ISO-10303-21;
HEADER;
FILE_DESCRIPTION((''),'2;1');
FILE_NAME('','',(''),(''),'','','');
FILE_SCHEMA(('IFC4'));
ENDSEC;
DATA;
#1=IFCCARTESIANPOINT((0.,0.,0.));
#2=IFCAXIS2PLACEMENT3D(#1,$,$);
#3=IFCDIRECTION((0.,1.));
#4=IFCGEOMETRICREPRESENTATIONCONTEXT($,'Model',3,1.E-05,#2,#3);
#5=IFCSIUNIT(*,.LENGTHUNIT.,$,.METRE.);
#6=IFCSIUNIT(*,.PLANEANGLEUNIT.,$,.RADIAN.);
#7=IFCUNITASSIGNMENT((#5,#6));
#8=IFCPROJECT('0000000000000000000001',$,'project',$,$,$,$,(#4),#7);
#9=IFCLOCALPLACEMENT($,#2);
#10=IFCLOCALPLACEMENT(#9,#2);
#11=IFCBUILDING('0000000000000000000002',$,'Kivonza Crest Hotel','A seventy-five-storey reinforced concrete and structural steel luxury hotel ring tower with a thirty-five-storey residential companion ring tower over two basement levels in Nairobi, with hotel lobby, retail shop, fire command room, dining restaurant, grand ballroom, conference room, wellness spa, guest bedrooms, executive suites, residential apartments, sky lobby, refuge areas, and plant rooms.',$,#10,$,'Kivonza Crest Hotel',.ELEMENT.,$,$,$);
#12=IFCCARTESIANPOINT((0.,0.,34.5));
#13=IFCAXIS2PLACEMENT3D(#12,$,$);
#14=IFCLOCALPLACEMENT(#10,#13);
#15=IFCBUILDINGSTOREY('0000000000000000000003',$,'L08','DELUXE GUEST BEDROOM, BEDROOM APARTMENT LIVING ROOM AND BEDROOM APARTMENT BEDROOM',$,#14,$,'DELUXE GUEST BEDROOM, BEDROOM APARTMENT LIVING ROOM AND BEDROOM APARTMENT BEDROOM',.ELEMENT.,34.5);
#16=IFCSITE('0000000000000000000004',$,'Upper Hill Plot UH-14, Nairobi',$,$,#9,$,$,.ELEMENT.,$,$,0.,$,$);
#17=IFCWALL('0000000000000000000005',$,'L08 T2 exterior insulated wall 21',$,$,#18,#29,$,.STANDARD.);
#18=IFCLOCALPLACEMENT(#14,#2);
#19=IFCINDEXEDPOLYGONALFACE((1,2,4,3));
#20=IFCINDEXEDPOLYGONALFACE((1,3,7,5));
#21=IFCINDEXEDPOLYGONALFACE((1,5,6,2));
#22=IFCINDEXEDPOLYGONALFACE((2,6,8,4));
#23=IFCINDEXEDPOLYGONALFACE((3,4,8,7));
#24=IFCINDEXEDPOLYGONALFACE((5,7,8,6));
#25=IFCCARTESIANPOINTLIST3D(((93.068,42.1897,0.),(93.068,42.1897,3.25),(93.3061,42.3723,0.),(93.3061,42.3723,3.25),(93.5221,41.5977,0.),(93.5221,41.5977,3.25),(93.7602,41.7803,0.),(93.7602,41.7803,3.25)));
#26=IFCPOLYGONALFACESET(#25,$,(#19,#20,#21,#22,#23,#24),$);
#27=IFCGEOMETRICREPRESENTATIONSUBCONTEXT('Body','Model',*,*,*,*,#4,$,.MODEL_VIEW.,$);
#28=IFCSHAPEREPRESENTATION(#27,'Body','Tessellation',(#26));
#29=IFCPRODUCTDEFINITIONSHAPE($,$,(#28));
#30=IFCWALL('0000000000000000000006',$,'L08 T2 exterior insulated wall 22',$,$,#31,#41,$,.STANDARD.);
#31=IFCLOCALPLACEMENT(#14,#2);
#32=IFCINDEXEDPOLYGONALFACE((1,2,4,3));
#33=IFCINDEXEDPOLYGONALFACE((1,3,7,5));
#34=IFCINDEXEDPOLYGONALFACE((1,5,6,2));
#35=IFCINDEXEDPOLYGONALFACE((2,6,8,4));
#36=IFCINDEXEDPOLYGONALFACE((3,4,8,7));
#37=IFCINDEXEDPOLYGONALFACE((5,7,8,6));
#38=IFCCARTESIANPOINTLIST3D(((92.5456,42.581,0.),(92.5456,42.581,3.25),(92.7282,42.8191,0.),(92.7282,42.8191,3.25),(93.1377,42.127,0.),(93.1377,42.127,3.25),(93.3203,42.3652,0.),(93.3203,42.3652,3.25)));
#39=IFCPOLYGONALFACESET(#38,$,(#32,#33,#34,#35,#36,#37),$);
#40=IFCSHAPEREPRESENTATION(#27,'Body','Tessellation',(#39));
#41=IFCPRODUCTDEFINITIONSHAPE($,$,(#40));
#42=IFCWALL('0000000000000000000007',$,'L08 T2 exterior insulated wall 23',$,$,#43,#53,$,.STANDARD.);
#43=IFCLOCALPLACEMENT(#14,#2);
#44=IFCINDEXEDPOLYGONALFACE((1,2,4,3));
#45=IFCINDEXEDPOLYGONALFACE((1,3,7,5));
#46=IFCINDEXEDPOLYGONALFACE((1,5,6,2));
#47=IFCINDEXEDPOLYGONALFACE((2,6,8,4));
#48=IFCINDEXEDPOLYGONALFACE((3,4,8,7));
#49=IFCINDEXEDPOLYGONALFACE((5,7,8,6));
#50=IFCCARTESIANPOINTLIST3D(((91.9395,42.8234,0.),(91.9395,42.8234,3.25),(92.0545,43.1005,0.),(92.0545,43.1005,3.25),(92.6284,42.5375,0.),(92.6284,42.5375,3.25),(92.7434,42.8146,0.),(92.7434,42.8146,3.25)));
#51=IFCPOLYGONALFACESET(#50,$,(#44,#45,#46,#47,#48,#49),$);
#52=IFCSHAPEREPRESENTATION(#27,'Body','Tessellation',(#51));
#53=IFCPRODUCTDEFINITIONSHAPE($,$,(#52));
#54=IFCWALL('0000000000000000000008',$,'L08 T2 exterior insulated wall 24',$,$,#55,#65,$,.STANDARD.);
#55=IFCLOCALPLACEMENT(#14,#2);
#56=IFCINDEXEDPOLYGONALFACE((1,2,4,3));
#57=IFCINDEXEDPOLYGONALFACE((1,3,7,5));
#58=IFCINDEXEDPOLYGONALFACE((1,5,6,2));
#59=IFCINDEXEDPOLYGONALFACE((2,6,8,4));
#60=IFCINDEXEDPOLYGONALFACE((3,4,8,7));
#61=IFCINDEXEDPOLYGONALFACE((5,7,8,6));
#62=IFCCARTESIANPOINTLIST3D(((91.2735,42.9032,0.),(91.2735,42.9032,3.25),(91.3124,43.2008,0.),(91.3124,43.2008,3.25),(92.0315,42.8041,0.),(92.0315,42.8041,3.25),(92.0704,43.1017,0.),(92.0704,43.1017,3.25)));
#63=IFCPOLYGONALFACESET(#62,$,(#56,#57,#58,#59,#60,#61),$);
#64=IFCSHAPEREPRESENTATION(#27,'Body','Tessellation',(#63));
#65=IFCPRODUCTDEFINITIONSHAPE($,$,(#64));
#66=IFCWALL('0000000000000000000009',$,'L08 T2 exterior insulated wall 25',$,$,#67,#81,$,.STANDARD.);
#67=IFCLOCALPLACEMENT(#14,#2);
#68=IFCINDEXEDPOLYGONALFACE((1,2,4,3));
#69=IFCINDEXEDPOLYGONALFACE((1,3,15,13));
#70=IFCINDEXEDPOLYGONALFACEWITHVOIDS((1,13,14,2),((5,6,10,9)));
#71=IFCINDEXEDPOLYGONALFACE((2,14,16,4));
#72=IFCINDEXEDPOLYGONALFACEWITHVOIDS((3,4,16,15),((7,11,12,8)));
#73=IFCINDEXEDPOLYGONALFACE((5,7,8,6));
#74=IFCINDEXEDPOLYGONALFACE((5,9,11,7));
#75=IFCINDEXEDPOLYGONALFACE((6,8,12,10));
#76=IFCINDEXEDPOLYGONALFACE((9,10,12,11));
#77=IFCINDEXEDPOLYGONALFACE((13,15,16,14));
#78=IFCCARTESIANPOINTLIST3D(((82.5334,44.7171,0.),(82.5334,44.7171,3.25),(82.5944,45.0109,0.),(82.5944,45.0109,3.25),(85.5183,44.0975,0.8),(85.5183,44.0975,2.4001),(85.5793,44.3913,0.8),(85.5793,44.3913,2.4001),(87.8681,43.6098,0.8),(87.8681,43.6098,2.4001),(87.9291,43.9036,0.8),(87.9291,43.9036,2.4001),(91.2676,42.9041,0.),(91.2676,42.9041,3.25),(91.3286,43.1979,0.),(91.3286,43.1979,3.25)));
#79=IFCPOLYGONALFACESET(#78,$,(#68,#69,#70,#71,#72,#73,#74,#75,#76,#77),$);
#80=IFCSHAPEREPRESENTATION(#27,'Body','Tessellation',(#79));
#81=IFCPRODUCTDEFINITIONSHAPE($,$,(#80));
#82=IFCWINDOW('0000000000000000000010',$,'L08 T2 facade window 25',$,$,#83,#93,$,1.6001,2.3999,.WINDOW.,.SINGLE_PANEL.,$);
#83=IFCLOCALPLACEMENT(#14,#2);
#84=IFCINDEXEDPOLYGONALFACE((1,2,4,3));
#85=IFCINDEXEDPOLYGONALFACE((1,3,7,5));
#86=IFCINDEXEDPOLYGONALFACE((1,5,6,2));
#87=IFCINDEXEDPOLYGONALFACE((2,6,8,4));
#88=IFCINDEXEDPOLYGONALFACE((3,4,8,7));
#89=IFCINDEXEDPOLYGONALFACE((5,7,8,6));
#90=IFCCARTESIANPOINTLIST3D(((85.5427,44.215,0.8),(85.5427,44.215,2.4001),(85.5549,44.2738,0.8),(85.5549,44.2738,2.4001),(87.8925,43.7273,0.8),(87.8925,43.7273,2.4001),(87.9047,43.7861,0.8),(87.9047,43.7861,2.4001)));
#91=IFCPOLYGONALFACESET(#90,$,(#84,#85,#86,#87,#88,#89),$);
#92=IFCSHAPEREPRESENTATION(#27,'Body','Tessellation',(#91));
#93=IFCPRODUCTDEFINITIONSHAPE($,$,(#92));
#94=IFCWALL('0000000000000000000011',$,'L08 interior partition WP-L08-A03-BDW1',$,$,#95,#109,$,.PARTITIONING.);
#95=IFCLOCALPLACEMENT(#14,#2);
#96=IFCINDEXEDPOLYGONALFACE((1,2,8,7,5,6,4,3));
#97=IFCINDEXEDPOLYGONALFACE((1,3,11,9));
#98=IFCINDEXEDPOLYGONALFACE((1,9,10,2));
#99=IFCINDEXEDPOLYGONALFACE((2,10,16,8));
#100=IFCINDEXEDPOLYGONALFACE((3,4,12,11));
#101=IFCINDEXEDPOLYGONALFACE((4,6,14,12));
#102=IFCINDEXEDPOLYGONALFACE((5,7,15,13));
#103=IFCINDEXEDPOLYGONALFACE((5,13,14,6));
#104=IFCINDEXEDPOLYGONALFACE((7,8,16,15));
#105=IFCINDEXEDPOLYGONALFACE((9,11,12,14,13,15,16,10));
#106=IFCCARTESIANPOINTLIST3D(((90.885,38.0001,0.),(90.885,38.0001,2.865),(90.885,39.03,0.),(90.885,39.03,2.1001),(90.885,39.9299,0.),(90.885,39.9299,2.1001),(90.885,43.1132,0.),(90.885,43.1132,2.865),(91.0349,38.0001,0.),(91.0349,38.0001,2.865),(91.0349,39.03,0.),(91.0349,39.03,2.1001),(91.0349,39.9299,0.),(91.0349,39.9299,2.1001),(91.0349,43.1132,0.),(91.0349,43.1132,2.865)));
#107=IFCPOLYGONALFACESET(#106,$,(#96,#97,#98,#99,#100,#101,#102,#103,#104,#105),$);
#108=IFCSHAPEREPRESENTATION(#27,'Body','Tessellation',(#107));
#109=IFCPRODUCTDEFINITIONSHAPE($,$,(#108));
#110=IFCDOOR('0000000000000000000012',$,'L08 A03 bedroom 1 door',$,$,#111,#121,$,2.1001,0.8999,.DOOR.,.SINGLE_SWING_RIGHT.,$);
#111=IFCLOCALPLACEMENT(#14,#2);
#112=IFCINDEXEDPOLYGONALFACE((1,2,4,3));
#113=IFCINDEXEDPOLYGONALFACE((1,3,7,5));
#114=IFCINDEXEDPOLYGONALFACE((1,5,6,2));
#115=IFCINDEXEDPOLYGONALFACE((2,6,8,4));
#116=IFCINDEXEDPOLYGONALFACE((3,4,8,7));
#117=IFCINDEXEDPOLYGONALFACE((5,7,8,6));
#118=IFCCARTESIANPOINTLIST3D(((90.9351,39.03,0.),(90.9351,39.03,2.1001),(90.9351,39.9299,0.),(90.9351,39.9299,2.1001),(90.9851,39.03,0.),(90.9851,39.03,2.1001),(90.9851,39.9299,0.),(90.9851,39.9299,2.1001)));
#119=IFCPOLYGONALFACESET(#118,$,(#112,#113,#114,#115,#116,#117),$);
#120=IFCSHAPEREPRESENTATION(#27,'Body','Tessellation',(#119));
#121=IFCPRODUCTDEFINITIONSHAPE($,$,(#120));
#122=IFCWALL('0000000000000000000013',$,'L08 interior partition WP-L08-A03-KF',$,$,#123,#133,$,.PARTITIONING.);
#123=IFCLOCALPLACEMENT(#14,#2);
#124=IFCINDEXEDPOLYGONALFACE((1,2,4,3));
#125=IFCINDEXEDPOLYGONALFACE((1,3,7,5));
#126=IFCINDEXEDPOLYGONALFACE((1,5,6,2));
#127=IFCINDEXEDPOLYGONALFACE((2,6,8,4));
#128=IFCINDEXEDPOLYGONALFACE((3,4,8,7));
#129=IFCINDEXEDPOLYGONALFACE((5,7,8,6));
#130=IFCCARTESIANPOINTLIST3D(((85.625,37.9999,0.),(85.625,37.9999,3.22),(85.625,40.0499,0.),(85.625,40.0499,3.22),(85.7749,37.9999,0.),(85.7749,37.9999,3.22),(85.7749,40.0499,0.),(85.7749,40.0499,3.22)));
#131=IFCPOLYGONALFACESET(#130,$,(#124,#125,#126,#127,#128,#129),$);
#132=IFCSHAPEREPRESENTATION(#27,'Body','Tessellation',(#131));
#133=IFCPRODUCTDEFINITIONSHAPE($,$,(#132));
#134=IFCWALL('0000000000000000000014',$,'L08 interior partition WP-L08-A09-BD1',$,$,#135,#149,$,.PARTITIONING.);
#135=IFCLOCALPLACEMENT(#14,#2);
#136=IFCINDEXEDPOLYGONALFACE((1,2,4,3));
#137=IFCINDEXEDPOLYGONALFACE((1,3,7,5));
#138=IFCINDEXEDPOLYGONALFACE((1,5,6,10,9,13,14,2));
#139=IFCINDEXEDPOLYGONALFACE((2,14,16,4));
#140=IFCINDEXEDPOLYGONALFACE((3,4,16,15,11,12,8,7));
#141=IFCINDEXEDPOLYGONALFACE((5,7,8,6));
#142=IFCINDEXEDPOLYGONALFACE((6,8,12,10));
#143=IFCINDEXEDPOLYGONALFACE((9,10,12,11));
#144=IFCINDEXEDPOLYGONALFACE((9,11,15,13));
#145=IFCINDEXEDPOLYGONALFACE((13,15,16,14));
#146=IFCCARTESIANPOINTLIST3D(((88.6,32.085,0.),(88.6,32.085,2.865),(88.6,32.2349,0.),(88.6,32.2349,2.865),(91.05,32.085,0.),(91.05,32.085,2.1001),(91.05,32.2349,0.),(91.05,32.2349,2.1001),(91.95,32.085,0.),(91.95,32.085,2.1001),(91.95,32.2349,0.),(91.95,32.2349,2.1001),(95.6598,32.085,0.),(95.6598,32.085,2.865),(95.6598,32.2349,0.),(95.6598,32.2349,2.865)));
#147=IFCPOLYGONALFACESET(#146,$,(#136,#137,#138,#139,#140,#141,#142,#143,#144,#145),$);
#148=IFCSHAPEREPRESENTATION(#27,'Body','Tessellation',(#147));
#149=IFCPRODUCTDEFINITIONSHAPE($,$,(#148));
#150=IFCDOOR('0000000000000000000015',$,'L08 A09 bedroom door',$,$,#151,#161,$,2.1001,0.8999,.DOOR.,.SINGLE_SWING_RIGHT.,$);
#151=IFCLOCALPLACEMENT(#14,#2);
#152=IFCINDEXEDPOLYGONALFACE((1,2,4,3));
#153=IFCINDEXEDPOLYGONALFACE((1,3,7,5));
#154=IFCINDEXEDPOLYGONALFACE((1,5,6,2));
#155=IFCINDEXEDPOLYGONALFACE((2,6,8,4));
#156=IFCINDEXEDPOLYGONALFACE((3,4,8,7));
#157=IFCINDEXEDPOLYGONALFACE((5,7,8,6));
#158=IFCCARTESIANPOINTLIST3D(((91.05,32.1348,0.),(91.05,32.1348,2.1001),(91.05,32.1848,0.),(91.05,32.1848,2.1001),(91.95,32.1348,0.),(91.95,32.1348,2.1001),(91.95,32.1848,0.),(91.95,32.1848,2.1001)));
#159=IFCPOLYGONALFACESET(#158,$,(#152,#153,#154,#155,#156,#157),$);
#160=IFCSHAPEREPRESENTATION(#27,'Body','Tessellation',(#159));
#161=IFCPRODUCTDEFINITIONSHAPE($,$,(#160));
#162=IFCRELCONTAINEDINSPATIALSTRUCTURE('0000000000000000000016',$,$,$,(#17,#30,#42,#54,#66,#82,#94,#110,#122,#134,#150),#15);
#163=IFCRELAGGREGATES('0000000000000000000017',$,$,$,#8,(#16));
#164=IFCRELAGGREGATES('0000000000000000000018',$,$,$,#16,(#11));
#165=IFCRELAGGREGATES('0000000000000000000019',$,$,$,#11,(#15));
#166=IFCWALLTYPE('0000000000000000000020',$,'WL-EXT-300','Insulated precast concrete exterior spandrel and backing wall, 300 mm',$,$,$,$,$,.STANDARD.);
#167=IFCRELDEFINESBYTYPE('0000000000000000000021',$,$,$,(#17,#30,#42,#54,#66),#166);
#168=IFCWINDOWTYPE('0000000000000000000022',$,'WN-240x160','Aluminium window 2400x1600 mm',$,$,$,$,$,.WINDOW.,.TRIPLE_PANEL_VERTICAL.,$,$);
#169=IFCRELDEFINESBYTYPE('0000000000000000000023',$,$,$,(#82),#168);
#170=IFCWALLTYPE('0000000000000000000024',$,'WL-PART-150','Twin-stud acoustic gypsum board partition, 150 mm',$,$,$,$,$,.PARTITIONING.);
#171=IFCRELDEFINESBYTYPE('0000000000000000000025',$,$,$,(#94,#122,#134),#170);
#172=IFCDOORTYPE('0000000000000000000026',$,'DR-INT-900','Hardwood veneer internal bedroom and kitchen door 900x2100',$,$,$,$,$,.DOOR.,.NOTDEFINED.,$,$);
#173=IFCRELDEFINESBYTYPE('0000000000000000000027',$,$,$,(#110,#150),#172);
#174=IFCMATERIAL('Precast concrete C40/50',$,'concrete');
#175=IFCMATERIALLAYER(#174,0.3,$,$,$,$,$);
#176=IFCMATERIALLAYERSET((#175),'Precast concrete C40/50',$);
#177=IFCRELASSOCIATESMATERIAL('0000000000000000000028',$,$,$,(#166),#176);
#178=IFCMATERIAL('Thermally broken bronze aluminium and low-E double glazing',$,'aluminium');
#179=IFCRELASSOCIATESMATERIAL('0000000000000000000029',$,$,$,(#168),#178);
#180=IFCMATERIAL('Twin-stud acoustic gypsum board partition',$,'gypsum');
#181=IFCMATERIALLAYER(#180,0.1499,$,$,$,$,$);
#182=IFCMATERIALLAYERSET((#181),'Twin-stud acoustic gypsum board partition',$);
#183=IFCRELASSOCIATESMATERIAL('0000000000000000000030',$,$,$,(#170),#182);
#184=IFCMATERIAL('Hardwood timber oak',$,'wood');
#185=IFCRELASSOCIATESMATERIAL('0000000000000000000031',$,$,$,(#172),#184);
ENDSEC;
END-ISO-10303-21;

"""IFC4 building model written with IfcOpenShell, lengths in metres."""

from ifc_helpers import new_model, si_unit, direction, frame, frame_2d, origin, place, context, subcontext, project, spatial, rectangle, extrude, material, layer, layer_set, type_object, element, fill, save


model = new_model("IFC4")

# Units and contexts
model_context = context("Model", 3, precision=1e-05, world=origin(), true_north=direction((0.0, 1.0)))
body_context = subcontext(model_context, "Body", "Model", "MODEL_VIEW")
ifc_project = project(units=[si_unit("LENGTHUNIT", "METRE"), si_unit("PLANEANGLEUNIT", "RADIAN")], contexts=[model_context])

# Site, building, storey
site_placement = place(None, origin())
site = spatial("IfcSite", under=ifc_project, at=site_placement, Name="Upper Hill Plot UH-14, Nairobi", CompositionType="ELEMENT", RefElevation=0.0)
building_placement = place(site_placement, origin())
building = spatial("IfcBuilding", under=site, at=building_placement, Name="Kivonza Crest Hotel", Description="A seventy-five-storey reinforced concrete and structural steel luxury hotel ring tower with a thirty-five-storey residential companion ring tower over two basement levels in Nairobi, with hotel lobby, retail shop, fire command room, dining restaurant, grand ballroom, conference room, wellness spa, guest bedrooms, executive suites, residential apartments, sky lobby, refuge areas, and plant rooms.", LongName="Kivonza Crest Hotel", CompositionType="ELEMENT")
storey_placement = place(building_placement, frame((0.0, 0.0, 34.5)))
storey = spatial("IfcBuildingStorey", under=building, at=storey_placement, Name="L08", Description="DELUXE GUEST BEDROOM, BEDROOM APARTMENT LIVING ROOM AND BEDROOM APARTMENT BEDROOM", LongName="DELUXE GUEST BEDROOM, BEDROOM APARTMENT LIVING ROOM AND BEDROOM APARTMENT BEDROOM", CompositionType="ELEMENT", Elevation=34.5)

# Shared definitions
ifc_material_1 = material(Name="Hardwood timber oak", Category="wood")

# Walls
ifc_material_2 = material(Name="Precast concrete C40/50", Category="concrete")
ifc_layer_1 = layer(ifc_material_2, 0.3)
ifc_layer_set_1 = layer_set([ifc_layer_1], Name="Precast concrete C40/50")
wall_type_1 = type_object("IfcWallType", Name="WL-EXT-300", Description="Insulated precast concrete exterior spandrel and backing wall, 300 mm", PredefinedType="STANDARD", material=ifc_layer_set_1)
for number, where, z_axis, x_axis, name in (
    (1, (93.6411, 41.689, 0.0), (0.0, 0.0, 1.0), (-0.608603, 0.793475, 0.0), "L08 T2 exterior insulated wall 21"),
    (2, (93.229, 42.2461, 0.0), (0.0, 0.0, 1.0), (-0.793633, 0.608397, 0.0), "L08 T2 exterior insulated wall 22"),
):
    element("IfcWall", number, at=place(storey_placement, frame(where, z_axis=z_axis, x_axis=x_axis)), inside=storey, type_object=wall_type_1, Name=name, PredefinedType="STANDARD", context=body_context, shape_type="SweptSolid", body=[
        extrude(rectangle(XDim=0.7461, YDim=0.3, at=frame_2d((0.373, 0.0))), origin(), (0.0, 0.0, 1.0), 3.25),
    ])
wall_1_placement = place(storey_placement, frame((92.686, 42.676, 0.0), z_axis=(0.0, 0.0, 1.0), x_axis=(-0.923638, 0.383267, 0.0)))
element("IfcWall", 3, at=wall_1_placement, inside=storey, type_object=wall_type_1, Name="L08 T2 exterior insulated wall 23", PredefinedType="STANDARD", context=body_context, shape_type="SweptSolid", body=[
    extrude(rectangle(XDim=0.7458, YDim=0.3, at=frame_2d((0.373, 0.0))), origin(), (0.0, 0.0, 1.0), 3.25),
])
wall_2_placement = place(storey_placement, frame((92.051, 42.9529, 0.0), z_axis=(0.0, 0.0, 1.0), x_axis=(-0.991559, 0.129653, 0.0)))
element("IfcWall", 4, at=wall_2_placement, inside=storey, type_object=wall_type_1, Name="L08 T2 exterior insulated wall 24", PredefinedType="STANDARD", context=body_context, shape_type="SweptSolid", body=[
    extrude(rectangle(XDim=0.7644, YDim=0.3, at=frame_2d((0.3823, 0.0))), origin(), (0.0, 0.0, 1.0), 3.25),
])

# Wall, opening, window
wall_3_placement = place(storey_placement, frame((91.2981, 43.051, 0.0), z_axis=(0.0, 0.0, 1.0), x_axis=(-0.979128, 0.203243, 0.0)))
wall_3 = element("IfcWall", 5, at=wall_3_placement, inside=storey, type_object=wall_type_1, Name="L08 T2 exterior insulated wall 25", PredefinedType="STANDARD", context=body_context, shape_type="SweptSolid", body=[
    extrude(rectangle(XDim=8.9204, YDim=0.3, at=frame_2d((4.4602, 0.0))), origin(), (0.0, 0.0, 1.0), 3.25),
])
opening_1_placement = place(wall_3_placement, frame((3.4719, 0.0, 0.8)))
opening_1 = element("IfcOpeningElement", 6, at=opening_1_placement, cuts=wall_3, PredefinedType="OPENING", context=body_context, shape_type="SweptSolid", body=[
    extrude(rectangle(XDim=2.3999, YDim=1.6001, at=frame_2d((1.2, 0.8))), frame((0.0, 0.1602, 0.0), z_axis=(0.0, -1.0, 0.0), x_axis=(1.0, 0.0, 0.0)), (0.0, 0.0, 1.0), 0.3201),
])
ifc_material_3 = material(Name="Thermally broken bronze aluminium and low-E double glazing", Category="aluminium")
window_type = type_object("IfcWindowType", Name="WN-240x160", Description="Aluminium window 2400x1600 mm", PartitioningType="TRIPLE_PANEL_VERTICAL", PredefinedType="WINDOW", material=ifc_material_3)
window_placement = place(opening_1_placement, origin())
window = element("IfcWindow", 7, at=window_placement, inside=storey, type_object=window_type, Name="L08 T2 facade window 25", OverallHeight=1.6001, OverallWidth=2.3999, PartitioningType="SINGLE_PANEL", PredefinedType="WINDOW", context=body_context, shape_type="SweptSolid", body=[
    extrude(rectangle(XDim=2.3999, YDim=1.6001, at=frame_2d((1.2, 0.8))), frame((0.0, 0.03, 0.0), z_axis=(0.0, -1.0, 0.0), x_axis=(1.0, 0.0, 0.0)), (0.0, 0.0, 1.0), 0.0601),
])
fill(opening_1, window)

# Wall, opening, door
ifc_material_4 = material(Name="Twin-stud acoustic gypsum board partition", Category="gypsum")
ifc_layer_2 = layer(ifc_material_4, 0.1499)
ifc_layer_set_2 = layer_set([ifc_layer_2], Name="Twin-stud acoustic gypsum board partition")
wall_type_2 = type_object("IfcWallType", Name="WL-PART-150", Description="Twin-stud acoustic gypsum board partition, 150 mm", PredefinedType="PARTITIONING", material=ifc_layer_set_2)
wall_4_placement = place(storey_placement, frame((90.96, 38.0, 0.0), z_axis=(0.0, 0.0, 1.0), x_axis=(0.0, 1.0, 0.0)))
wall_4 = element("IfcWall", 8, at=wall_4_placement, inside=storey, type_object=wall_type_2, Name="L08 interior partition WP-L08-A03-BDW1", PredefinedType="PARTITIONING", context=body_context, shape_type="SweptSolid", body=[
    extrude(rectangle(XDim=5.113, YDim=0.1499, at=frame_2d((2.5566, 0.0))), origin(), (0.0, 0.0, 1.0), 2.865),
])
opening_2_placement = place(wall_4_placement, frame((1.03, 0.0, 0.0)))
opening_2 = element("IfcOpeningElement", 9, at=opening_2_placement, cuts=wall_4, PredefinedType="OPENING", context=body_context, shape_type="SweptSolid", body=[
    extrude(rectangle(XDim=0.8999, YDim=2.1001, at=frame_2d((0.45, 1.05))), frame((0.0, 0.085, 0.0), z_axis=(0.0, -1.0, 0.0), x_axis=(1.0, 0.0, 0.0)), (0.0, 0.0, 1.0), 0.1699),
])
door_type_1 = type_object("IfcDoorType", Name="DR-INT-900", Description="Hardwood veneer internal bedroom and kitchen door 900x2100", OperationType="NOTDEFINED", PredefinedType="DOOR", material=ifc_material_1)
door_1_placement = place(opening_2_placement, origin())
door_1 = element("IfcDoor", 10, at=door_1_placement, inside=storey, type_object=door_type_1, Name="L08 A03 bedroom 1 door", OperationType="SINGLE_SWING_RIGHT", OverallHeight=2.1001, OverallWidth=0.8999, PredefinedType="DOOR", context=body_context, shape_type="SweptSolid", body=[
    extrude(rectangle(XDim=0.8999, YDim=2.1001, at=frame_2d((0.45, 1.05))), frame((0.0, 0.0249, 0.0), z_axis=(0.0, -1.0, 0.0), x_axis=(1.0, 0.0, 0.0)), (0.0, 0.0, 1.0), 0.05),
])
fill(opening_2, door_1)

# Wall
wall_5_placement = place(storey_placement, frame((85.7, 38.0, 0.0), z_axis=(0.0, 0.0, 1.0), x_axis=(0.0, 1.0, 0.0)))
element("IfcWall", 11, at=wall_5_placement, inside=storey, type_object=wall_type_2, Name="L08 interior partition WP-L08-A03-KF", PredefinedType="PARTITIONING", context=body_context, shape_type="SweptSolid", body=[
    extrude(rectangle(XDim=2.05, YDim=0.1499, at=frame_2d((1.0249, 0.0))), origin(), (0.0, 0.0, 1.0), 3.22),
])

# Wall, opening, door
wall_6_placement = place(storey_placement, frame((88.6001, 32.1599, 0.0), z_axis=(0.0, 0.0, 1.0), x_axis=(1.0, 0.0, 0.0)))
wall_6 = element("IfcWall", 12, at=wall_6_placement, inside=storey, type_object=wall_type_2, Name="L08 interior partition WP-L08-A09-BD1", PredefinedType="PARTITIONING", context=body_context, shape_type="SweptSolid", body=[
    extrude(rectangle(XDim=7.0598, YDim=0.1499, at=frame_2d((3.5298, 0.0))), origin(), (0.0, 0.0, 1.0), 2.865),
])
opening_3_placement = place(wall_6_placement, frame((2.45, 0.0, 0.0)))
opening_3 = element("IfcOpeningElement", 13, at=opening_3_placement, cuts=wall_6, PredefinedType="OPENING", context=body_context, shape_type="SweptSolid", body=[
    extrude(rectangle(XDim=0.8999, YDim=2.1001, at=frame_2d((0.45, 1.05))), frame((0.0, 0.085, 0.0), z_axis=(0.0, -1.0, 0.0), x_axis=(1.0, 0.0, 0.0)), (0.0, 0.0, 1.0), 0.1699),
])
door_2_placement = place(opening_3_placement, origin())
door_2 = element("IfcDoor", 14, at=door_2_placement, inside=storey, type_object=door_type_1, Name="L08 A09 bedroom door", OperationType="SINGLE_SWING_RIGHT", OverallHeight=2.1001, OverallWidth=0.8999, PredefinedType="DOOR", context=body_context, shape_type="SweptSolid", body=[
    extrude(rectangle(XDim=0.8999, YDim=2.1001, at=frame_2d((0.45, 1.05))), frame((0.0, 0.0249, 0.0), z_axis=(0.0, -1.0, 0.0), x_axis=(1.0, 0.0, 0.0)), (0.0, 0.0, 1.0), 0.05),
])
fill(opening_3, door_2)

save(model, "model.ifc")
